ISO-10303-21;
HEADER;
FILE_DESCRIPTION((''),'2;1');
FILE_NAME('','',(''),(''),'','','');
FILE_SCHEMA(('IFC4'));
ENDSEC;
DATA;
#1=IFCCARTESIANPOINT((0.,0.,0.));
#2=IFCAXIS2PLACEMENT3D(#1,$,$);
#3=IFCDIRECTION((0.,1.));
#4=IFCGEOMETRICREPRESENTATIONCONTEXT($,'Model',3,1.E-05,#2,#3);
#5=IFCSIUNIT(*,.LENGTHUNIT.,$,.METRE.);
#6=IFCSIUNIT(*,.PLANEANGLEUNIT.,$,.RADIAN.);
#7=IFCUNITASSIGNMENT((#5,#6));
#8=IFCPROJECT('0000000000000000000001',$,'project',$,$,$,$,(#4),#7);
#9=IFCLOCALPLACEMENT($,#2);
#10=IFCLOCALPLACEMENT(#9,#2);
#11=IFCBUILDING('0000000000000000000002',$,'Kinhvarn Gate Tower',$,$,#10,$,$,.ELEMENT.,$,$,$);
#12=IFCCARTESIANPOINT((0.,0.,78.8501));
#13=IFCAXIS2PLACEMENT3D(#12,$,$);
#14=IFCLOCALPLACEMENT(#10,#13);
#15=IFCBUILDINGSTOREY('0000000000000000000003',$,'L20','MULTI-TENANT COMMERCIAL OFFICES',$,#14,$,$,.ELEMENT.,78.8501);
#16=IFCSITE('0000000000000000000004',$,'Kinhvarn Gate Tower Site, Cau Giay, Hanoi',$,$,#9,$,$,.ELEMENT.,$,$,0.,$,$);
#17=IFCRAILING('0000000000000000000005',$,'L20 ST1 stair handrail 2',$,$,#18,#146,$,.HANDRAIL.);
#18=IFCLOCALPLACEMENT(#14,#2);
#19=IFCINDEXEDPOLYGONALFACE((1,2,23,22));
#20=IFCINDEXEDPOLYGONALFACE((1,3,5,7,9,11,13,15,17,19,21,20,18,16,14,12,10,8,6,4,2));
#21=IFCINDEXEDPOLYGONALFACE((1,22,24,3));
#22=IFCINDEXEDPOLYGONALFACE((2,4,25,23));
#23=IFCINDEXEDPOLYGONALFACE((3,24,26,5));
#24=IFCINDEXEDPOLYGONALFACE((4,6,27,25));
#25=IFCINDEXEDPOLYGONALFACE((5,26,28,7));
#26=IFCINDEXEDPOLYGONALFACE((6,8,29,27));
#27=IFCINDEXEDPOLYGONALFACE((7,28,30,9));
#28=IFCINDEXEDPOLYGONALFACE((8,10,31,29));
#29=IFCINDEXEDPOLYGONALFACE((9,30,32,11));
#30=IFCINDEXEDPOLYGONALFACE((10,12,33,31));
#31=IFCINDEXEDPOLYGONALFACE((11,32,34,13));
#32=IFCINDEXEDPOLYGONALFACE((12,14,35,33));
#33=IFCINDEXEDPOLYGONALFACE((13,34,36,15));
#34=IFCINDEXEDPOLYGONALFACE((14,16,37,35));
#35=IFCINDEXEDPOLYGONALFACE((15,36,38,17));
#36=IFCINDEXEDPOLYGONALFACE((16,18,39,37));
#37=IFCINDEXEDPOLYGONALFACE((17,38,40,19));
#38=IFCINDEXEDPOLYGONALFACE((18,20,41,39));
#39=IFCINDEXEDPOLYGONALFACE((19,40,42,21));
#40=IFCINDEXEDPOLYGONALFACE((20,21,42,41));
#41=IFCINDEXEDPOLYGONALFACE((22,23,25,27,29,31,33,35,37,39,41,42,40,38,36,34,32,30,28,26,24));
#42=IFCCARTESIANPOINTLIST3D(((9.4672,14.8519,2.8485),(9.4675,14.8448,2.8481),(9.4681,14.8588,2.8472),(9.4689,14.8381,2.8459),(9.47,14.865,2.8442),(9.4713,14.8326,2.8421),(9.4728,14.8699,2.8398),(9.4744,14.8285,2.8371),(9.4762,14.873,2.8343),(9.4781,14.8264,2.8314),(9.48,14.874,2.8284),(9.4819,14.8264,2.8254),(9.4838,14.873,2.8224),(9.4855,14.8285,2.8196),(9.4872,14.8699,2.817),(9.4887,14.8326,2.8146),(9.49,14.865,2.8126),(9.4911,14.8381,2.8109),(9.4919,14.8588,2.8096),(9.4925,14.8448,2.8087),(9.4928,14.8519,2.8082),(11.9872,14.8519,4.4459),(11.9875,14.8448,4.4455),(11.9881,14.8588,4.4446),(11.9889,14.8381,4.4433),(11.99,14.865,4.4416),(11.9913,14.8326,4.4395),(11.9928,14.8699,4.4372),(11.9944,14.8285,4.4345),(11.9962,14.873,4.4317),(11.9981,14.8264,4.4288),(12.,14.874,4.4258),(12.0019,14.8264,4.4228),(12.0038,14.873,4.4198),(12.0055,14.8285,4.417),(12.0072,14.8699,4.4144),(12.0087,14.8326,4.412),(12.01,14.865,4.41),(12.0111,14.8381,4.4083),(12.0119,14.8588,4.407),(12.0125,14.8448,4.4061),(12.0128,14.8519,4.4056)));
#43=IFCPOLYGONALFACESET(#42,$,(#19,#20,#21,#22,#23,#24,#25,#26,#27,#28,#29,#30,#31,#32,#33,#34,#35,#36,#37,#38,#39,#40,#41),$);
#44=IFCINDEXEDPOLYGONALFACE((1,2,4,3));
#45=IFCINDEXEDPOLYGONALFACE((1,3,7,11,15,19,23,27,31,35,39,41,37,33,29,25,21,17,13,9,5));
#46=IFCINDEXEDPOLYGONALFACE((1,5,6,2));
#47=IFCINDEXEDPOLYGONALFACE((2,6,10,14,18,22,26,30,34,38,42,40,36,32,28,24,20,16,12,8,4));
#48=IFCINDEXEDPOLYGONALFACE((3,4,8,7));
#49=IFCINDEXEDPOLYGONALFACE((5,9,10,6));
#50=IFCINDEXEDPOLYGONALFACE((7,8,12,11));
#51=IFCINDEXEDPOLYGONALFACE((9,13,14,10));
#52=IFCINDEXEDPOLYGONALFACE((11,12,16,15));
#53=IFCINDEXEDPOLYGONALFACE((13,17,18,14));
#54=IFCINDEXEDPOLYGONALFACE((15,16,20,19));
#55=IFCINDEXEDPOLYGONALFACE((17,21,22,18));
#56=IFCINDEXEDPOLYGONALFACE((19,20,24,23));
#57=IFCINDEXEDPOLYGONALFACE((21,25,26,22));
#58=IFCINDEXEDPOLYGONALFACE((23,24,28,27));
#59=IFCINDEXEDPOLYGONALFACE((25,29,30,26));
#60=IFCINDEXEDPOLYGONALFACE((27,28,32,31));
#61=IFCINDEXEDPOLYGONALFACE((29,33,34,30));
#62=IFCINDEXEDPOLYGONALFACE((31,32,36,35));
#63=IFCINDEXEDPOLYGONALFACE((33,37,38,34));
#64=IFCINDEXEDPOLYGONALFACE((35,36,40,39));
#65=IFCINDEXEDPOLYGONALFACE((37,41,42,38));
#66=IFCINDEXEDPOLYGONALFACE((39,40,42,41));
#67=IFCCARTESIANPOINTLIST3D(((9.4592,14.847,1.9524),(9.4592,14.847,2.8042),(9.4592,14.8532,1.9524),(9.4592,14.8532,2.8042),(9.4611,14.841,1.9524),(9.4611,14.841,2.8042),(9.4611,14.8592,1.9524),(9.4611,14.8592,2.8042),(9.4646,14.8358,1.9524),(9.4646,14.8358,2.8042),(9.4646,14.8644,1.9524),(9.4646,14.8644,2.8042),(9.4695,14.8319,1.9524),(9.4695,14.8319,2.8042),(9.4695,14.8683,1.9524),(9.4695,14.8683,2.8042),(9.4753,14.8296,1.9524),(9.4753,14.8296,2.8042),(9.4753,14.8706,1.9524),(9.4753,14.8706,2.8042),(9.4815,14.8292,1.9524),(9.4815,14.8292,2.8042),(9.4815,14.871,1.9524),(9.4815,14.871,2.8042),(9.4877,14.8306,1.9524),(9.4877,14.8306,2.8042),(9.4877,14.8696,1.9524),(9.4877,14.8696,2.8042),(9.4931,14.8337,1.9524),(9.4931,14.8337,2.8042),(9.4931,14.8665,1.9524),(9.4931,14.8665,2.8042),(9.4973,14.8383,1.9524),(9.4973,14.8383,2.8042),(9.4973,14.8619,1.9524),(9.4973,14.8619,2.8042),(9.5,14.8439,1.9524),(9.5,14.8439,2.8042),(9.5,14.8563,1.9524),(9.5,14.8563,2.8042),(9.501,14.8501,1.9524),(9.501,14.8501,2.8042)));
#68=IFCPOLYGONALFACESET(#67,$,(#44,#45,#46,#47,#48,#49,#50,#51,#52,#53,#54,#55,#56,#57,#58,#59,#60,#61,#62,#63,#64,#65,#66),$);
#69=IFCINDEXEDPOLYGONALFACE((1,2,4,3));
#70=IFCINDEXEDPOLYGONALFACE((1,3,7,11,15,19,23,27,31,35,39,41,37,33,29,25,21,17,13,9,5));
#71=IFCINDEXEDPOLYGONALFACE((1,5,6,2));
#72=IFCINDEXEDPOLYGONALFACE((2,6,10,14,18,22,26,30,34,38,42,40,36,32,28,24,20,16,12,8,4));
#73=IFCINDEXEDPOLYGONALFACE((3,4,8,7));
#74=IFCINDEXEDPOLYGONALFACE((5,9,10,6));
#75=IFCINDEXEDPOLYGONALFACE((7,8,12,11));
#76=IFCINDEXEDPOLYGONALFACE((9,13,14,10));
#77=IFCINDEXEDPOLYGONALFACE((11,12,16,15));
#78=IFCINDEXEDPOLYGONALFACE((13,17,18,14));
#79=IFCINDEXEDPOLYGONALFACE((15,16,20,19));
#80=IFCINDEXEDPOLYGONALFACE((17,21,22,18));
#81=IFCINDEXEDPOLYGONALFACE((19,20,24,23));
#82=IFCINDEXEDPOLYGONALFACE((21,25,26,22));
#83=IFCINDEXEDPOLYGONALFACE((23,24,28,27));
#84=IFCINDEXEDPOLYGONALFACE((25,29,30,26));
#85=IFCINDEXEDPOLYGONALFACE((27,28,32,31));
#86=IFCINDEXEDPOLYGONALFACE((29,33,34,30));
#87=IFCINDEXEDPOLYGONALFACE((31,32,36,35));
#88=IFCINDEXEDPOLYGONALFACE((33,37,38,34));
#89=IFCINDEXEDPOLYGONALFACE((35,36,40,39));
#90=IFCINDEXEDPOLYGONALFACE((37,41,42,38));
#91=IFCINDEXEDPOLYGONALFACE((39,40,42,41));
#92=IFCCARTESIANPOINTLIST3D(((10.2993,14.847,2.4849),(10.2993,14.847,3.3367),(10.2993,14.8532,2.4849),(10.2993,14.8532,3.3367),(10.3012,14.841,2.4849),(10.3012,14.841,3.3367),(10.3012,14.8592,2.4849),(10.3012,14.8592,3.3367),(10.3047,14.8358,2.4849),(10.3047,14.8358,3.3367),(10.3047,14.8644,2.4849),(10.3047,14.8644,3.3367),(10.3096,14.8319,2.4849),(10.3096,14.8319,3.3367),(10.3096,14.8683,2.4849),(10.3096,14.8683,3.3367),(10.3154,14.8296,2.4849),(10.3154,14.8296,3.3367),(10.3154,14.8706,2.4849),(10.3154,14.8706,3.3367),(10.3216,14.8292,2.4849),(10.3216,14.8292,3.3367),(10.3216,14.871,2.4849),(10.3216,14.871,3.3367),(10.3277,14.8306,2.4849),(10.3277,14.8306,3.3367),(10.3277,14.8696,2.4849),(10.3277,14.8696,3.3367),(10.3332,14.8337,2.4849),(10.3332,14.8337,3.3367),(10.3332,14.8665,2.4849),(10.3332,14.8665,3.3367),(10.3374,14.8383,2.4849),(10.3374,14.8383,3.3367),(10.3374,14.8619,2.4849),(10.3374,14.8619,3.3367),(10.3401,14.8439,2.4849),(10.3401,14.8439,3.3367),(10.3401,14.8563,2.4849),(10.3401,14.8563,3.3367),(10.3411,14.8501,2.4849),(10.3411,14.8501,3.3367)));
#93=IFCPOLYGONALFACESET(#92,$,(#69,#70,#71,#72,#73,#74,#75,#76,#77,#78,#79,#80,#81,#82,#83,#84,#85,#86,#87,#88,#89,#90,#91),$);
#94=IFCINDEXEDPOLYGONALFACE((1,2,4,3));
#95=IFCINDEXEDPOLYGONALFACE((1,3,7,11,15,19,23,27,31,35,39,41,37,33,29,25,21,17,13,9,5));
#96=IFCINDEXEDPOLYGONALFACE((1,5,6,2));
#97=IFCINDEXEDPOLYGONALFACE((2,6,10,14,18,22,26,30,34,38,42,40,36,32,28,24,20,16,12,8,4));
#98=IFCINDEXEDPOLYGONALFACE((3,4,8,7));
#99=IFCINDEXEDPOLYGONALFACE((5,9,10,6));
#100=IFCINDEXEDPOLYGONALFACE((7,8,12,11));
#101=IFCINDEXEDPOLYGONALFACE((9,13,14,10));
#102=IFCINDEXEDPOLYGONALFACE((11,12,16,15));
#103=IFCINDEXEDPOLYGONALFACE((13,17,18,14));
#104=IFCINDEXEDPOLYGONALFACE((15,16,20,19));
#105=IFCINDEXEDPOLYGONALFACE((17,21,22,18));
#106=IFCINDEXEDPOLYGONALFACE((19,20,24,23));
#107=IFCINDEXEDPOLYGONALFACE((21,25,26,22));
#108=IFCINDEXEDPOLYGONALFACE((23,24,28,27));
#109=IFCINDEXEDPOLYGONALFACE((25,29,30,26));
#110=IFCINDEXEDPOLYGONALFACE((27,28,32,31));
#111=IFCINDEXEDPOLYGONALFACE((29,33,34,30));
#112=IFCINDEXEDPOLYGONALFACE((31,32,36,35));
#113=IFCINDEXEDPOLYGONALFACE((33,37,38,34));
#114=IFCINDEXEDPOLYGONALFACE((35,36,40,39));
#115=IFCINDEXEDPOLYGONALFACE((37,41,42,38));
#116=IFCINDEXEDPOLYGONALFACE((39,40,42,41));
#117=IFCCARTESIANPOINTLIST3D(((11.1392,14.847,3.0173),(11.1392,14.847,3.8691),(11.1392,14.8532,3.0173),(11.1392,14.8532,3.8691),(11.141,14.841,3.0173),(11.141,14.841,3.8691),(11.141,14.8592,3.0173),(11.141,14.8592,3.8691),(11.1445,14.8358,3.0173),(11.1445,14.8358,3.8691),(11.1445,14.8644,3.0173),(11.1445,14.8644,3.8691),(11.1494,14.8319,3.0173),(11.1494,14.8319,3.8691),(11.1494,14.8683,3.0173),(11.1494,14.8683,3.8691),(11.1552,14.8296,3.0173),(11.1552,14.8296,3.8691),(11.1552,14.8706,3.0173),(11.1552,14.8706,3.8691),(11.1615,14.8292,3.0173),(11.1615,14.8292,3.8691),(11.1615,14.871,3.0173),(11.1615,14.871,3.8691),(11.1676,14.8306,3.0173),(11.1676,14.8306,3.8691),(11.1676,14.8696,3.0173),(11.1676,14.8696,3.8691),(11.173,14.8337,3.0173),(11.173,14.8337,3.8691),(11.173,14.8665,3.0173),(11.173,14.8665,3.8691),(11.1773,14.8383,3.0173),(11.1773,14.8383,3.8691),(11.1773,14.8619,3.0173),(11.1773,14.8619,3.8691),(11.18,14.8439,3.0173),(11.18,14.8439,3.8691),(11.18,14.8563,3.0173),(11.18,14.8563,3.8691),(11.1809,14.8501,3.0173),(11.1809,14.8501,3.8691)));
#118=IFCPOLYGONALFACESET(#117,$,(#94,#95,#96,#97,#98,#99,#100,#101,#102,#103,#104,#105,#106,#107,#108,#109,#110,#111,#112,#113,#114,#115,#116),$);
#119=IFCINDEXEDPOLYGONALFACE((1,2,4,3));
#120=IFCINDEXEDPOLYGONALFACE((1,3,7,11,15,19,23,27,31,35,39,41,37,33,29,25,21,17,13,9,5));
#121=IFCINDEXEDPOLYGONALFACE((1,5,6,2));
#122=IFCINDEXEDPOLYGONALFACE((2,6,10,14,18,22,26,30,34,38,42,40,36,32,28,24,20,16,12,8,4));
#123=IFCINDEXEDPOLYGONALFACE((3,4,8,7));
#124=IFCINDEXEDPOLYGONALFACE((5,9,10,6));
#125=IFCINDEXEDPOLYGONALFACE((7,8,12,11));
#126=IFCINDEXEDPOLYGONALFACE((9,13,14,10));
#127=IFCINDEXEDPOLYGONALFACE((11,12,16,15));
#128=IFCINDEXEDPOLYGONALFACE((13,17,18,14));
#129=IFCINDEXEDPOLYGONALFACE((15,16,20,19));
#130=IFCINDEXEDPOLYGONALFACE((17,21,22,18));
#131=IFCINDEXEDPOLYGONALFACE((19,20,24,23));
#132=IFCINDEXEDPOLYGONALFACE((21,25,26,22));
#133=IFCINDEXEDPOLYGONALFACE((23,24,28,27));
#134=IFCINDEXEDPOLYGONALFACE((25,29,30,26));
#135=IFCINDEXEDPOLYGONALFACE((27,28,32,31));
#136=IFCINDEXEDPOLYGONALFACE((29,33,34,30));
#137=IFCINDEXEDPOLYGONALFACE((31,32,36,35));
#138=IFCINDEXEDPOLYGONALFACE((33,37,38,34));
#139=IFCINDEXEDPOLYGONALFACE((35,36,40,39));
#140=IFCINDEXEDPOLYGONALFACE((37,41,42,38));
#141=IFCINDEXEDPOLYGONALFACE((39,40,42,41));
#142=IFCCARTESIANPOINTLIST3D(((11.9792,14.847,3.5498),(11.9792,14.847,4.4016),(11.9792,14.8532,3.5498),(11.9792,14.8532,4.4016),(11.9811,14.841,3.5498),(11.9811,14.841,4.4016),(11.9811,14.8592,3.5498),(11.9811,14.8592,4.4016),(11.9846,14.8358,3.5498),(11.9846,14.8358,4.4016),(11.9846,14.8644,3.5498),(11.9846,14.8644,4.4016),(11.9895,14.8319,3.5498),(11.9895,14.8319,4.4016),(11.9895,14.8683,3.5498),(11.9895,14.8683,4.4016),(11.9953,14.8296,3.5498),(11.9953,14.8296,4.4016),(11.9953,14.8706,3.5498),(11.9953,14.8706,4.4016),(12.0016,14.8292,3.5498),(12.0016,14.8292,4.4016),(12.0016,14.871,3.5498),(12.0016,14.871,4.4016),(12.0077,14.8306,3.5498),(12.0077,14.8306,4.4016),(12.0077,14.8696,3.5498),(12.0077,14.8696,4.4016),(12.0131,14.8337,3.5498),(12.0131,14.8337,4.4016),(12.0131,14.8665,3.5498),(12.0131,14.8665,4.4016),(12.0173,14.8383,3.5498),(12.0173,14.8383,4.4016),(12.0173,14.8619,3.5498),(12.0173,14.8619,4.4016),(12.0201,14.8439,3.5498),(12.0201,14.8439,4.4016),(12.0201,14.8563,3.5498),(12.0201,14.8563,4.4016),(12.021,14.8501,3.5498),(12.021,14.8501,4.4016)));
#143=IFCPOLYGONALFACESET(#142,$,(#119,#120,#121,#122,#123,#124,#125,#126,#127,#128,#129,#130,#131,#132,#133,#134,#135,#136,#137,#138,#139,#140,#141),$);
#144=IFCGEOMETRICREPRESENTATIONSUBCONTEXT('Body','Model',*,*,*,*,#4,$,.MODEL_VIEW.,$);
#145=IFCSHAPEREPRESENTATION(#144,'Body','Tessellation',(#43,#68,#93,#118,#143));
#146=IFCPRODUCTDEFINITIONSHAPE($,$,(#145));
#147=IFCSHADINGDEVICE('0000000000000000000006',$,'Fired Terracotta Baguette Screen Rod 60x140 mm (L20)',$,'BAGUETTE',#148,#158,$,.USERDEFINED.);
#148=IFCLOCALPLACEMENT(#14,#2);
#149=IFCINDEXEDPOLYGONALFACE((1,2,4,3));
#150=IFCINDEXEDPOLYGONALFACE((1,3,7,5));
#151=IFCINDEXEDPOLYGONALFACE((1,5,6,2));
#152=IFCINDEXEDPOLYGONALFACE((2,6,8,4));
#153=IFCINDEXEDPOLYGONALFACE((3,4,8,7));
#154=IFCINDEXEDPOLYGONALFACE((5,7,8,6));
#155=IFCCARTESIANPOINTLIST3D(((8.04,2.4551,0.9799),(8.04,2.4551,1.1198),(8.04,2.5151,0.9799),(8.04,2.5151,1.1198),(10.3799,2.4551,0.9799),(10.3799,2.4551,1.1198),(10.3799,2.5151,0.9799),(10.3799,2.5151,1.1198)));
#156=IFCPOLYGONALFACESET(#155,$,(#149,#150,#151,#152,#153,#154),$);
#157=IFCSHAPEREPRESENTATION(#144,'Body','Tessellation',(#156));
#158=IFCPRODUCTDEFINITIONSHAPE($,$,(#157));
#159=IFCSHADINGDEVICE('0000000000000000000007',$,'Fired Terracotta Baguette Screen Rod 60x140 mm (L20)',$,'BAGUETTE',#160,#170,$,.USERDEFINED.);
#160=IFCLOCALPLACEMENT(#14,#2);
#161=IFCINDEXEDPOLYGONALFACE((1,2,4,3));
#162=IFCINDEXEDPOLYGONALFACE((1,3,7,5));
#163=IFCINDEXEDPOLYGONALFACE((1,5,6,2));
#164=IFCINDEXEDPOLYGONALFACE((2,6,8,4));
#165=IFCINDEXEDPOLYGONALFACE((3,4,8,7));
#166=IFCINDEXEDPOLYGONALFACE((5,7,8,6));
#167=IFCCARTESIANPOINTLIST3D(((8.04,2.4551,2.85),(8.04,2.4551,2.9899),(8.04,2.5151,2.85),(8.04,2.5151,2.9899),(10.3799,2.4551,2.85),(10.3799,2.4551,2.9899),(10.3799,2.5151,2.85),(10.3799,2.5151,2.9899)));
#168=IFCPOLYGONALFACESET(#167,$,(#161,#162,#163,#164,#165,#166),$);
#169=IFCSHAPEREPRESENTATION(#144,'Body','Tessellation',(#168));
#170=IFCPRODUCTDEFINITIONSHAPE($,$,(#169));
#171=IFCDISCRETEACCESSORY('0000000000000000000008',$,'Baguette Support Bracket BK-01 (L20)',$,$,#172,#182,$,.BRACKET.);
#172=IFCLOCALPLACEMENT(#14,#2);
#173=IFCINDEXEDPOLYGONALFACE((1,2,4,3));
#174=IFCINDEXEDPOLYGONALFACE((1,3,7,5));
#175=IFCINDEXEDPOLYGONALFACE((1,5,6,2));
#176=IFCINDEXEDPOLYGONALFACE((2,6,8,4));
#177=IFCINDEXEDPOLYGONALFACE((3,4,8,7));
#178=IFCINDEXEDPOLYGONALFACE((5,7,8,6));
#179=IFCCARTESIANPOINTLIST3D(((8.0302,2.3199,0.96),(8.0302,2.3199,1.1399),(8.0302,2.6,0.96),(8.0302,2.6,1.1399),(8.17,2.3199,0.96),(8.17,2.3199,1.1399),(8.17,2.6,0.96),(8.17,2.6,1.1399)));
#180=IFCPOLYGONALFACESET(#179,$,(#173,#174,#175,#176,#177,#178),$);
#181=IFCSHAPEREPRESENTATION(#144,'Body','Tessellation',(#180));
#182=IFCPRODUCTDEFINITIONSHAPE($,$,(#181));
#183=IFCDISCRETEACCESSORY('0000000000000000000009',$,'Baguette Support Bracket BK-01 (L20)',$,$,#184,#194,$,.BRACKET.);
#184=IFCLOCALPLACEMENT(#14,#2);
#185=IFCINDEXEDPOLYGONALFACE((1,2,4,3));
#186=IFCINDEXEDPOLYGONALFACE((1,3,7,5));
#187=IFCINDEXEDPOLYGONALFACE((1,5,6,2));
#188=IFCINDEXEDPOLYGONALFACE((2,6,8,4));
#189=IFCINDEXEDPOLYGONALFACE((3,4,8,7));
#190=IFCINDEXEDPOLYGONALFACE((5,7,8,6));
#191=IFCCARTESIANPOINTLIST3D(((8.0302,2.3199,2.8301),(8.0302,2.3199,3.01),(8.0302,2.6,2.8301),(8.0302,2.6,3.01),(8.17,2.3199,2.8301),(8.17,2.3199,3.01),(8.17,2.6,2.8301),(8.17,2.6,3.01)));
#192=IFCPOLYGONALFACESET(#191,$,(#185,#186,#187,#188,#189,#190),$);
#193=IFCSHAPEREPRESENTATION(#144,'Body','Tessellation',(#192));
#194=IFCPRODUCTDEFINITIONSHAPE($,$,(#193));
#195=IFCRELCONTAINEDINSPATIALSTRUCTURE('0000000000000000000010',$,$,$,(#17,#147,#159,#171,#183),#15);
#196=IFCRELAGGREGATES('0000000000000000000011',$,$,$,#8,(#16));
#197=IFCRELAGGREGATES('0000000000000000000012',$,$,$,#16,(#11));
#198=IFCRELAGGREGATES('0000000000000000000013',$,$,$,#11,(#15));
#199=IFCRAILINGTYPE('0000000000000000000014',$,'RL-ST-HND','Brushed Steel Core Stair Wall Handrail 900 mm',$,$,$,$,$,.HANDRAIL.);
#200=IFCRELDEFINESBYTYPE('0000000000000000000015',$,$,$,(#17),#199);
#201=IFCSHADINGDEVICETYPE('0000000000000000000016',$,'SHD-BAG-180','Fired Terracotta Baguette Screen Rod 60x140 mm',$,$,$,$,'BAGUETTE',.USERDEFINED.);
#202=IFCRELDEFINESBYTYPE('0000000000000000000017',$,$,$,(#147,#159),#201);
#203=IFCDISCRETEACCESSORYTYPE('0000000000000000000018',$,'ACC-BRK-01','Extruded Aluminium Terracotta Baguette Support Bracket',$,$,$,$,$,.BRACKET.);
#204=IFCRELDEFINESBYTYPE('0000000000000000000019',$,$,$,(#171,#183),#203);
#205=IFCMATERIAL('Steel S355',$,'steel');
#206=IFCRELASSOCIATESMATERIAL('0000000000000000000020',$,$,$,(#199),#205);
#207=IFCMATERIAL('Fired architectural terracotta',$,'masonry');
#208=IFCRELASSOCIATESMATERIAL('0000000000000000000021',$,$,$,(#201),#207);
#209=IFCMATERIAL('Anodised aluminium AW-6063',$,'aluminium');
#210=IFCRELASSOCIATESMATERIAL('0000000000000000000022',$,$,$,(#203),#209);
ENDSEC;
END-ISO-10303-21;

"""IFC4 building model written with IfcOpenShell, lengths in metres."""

from ifc_helpers import new_model, si_unit, direction, frame, origin, origin_2d, place, context, subcontext, project, spatial, rectangle, circle, extrude, material, material_profile, profile_set, type_object, element, save


model = new_model("IFC4")

# Units and contexts
model_context = context("Model", 3, precision=1e-05, world=origin(), true_north=direction((0.0, 1.0)))
body_context = subcontext(model_context, "Body", "Model", "MODEL_VIEW")
ifc_project = project(units=[si_unit("LENGTHUNIT", "METRE"), si_unit("PLANEANGLEUNIT", "RADIAN")], contexts=[model_context])

# Site, building, storey
site_placement = place(None, origin())
site = spatial("IfcSite", under=ifc_project, at=site_placement, Name="Kinhvarn Gate Tower Site, Cau Giay, Hanoi", CompositionType="ELEMENT", RefElevation=0.0)
building_placement = place(site_placement, origin())
building = spatial("IfcBuilding", under=site, at=building_placement, Name="Kinhvarn Gate Tower", CompositionType="ELEMENT")
storey_placement = place(building_placement, frame((0.0, 0.0, 78.8501)))
storey = spatial("IfcBuildingStorey", under=building, at=storey_placement, Name="L20", Description="MULTI-TENANT COMMERCIAL OFFICES", CompositionType="ELEMENT", Elevation=78.8501)

# Shared definitions
ifc_material_1 = material(Name="Anodised aluminium AW-6063", Category="aluminium")

# Shared definitions
ifc_material_2 = material(Name="Steel S355", Category="steel")

# Shared definitions
ifc_material_3 = material(Name="Fired architectural terracotta", Category="masonry")

# Railing
railing_type_1 = type_object("IfcRailingType", Name="RL-ST-HND", Description="Brushed Steel Core Stair Wall Handrail 900 mm", PredefinedType="HANDRAIL", material=ifc_material_2)
railing_1_placement = place(storey_placement, frame((9.48, 14.8501, 1.9524)))
element("IfcRailing", 1, at=railing_1_placement, inside=storey, type_object=railing_type_1, Name="L20 ST1 stair handrail 2", PredefinedType="HANDRAIL", context=body_context, shape_type="SweptSolid", body=[
    extrude(circle(Radius=0.0239, at=origin_2d()), frame((0.0, 0.0, 0.876), z_axis=(0.844607, 0.0, 0.535387), x_axis=(0.0, 1.0, 0.0)), (0.0, 0.0, 1.0), 2.9836),
    extrude(circle(Radius=0.021, at=origin_2d()), origin(), (0.0, 0.0, 1.0), 0.8518),
    extrude(circle(Radius=0.021, at=origin_2d()), frame((0.8401, 0.0, 0.5325)), (0.0, 0.0, 1.0), 0.8518),
    extrude(circle(Radius=0.021, at=origin_2d()), frame((1.6799, 0.0, 1.0649)), (0.0, 0.0, 1.0), 0.8518),
    extrude(circle(Radius=0.021, at=origin_2d()), frame((2.52, 0.0, 1.5974)), (0.0, 0.0, 1.0), 0.8518),
])

# Shading devices
ifc_material_profile_1 = material_profile(ifc_material_3, rectangle(XDim=0.0601, YDim=0.1399, at=origin_2d()), Name="TC 60x140")
ifc_profile_set_1 = profile_set([ifc_material_profile_1], Name="Fired architectural terracotta")
shading_device_type = type_object("IfcShadingDeviceType", Name="SHD-BAG-180", Description="Fired Terracotta Baguette Screen Rod 60x140 mm", ElementType="BAGUETTE", PredefinedType="USERDEFINED", material=ifc_profile_set_1)
for number, where, z_axis, x_axis, name in (
    (2, (8.04, 2.4851, 1.0498), (1.0, 0.0, 0.0), (0.0, 1.0, 0.0), "Fired Terracotta Baguette Screen Rod 60x140 mm (L20)"),
    (3, (8.04, 2.4851, 2.9199), (1.0, 0.0, 0.0), (0.0, 1.0, 0.0), "Fired Terracotta Baguette Screen Rod 60x140 mm (L20)"),
):
    element("IfcShadingDevice", number, at=place(storey_placement, frame(where, z_axis=z_axis, x_axis=x_axis)), inside=storey, type_object=shading_device_type, Name=name, ObjectType="BAGUETTE", PredefinedType="USERDEFINED", context=body_context, shape_type="SweptSolid", body=[
        extrude(rectangle(XDim=0.0601, YDim=0.1399, at=origin_2d()), origin(), (0.0, 0.0, 1.0), 2.3398),
    ])

# Discrete accessories
discrete_accessory_type = type_object("IfcDiscreteAccessoryType", Name="ACC-BRK-01", Description="Extruded Aluminium Terracotta Baguette Support Bracket", PredefinedType="BRACKET", material=ifc_material_1)
for number, where, z_axis, x_axis, name in (
    (4, (8.1001, 2.46, 0.96), (0.0, 0.0, 1.0), (1.0, 0.0, 0.0), "Baguette Support Bracket BK-01 (L20)"),
    (5, (8.1001, 2.46, 2.8301), (0.0, 0.0, 1.0), (1.0, 0.0, 0.0), "Baguette Support Bracket BK-01 (L20)"),
):
    element("IfcDiscreteAccessory", number, at=place(storey_placement, frame(where, z_axis=z_axis, x_axis=x_axis)), inside=storey, type_object=discrete_accessory_type, Name=name, PredefinedType="BRACKET", context=body_context, shape_type="SweptSolid", body=[
        extrude(rectangle(XDim=0.1399, YDim=0.28, at=origin_2d()), origin(), (0.0, 0.0, 1.0), 0.1799),
    ])

save(model, "model.ifc")
